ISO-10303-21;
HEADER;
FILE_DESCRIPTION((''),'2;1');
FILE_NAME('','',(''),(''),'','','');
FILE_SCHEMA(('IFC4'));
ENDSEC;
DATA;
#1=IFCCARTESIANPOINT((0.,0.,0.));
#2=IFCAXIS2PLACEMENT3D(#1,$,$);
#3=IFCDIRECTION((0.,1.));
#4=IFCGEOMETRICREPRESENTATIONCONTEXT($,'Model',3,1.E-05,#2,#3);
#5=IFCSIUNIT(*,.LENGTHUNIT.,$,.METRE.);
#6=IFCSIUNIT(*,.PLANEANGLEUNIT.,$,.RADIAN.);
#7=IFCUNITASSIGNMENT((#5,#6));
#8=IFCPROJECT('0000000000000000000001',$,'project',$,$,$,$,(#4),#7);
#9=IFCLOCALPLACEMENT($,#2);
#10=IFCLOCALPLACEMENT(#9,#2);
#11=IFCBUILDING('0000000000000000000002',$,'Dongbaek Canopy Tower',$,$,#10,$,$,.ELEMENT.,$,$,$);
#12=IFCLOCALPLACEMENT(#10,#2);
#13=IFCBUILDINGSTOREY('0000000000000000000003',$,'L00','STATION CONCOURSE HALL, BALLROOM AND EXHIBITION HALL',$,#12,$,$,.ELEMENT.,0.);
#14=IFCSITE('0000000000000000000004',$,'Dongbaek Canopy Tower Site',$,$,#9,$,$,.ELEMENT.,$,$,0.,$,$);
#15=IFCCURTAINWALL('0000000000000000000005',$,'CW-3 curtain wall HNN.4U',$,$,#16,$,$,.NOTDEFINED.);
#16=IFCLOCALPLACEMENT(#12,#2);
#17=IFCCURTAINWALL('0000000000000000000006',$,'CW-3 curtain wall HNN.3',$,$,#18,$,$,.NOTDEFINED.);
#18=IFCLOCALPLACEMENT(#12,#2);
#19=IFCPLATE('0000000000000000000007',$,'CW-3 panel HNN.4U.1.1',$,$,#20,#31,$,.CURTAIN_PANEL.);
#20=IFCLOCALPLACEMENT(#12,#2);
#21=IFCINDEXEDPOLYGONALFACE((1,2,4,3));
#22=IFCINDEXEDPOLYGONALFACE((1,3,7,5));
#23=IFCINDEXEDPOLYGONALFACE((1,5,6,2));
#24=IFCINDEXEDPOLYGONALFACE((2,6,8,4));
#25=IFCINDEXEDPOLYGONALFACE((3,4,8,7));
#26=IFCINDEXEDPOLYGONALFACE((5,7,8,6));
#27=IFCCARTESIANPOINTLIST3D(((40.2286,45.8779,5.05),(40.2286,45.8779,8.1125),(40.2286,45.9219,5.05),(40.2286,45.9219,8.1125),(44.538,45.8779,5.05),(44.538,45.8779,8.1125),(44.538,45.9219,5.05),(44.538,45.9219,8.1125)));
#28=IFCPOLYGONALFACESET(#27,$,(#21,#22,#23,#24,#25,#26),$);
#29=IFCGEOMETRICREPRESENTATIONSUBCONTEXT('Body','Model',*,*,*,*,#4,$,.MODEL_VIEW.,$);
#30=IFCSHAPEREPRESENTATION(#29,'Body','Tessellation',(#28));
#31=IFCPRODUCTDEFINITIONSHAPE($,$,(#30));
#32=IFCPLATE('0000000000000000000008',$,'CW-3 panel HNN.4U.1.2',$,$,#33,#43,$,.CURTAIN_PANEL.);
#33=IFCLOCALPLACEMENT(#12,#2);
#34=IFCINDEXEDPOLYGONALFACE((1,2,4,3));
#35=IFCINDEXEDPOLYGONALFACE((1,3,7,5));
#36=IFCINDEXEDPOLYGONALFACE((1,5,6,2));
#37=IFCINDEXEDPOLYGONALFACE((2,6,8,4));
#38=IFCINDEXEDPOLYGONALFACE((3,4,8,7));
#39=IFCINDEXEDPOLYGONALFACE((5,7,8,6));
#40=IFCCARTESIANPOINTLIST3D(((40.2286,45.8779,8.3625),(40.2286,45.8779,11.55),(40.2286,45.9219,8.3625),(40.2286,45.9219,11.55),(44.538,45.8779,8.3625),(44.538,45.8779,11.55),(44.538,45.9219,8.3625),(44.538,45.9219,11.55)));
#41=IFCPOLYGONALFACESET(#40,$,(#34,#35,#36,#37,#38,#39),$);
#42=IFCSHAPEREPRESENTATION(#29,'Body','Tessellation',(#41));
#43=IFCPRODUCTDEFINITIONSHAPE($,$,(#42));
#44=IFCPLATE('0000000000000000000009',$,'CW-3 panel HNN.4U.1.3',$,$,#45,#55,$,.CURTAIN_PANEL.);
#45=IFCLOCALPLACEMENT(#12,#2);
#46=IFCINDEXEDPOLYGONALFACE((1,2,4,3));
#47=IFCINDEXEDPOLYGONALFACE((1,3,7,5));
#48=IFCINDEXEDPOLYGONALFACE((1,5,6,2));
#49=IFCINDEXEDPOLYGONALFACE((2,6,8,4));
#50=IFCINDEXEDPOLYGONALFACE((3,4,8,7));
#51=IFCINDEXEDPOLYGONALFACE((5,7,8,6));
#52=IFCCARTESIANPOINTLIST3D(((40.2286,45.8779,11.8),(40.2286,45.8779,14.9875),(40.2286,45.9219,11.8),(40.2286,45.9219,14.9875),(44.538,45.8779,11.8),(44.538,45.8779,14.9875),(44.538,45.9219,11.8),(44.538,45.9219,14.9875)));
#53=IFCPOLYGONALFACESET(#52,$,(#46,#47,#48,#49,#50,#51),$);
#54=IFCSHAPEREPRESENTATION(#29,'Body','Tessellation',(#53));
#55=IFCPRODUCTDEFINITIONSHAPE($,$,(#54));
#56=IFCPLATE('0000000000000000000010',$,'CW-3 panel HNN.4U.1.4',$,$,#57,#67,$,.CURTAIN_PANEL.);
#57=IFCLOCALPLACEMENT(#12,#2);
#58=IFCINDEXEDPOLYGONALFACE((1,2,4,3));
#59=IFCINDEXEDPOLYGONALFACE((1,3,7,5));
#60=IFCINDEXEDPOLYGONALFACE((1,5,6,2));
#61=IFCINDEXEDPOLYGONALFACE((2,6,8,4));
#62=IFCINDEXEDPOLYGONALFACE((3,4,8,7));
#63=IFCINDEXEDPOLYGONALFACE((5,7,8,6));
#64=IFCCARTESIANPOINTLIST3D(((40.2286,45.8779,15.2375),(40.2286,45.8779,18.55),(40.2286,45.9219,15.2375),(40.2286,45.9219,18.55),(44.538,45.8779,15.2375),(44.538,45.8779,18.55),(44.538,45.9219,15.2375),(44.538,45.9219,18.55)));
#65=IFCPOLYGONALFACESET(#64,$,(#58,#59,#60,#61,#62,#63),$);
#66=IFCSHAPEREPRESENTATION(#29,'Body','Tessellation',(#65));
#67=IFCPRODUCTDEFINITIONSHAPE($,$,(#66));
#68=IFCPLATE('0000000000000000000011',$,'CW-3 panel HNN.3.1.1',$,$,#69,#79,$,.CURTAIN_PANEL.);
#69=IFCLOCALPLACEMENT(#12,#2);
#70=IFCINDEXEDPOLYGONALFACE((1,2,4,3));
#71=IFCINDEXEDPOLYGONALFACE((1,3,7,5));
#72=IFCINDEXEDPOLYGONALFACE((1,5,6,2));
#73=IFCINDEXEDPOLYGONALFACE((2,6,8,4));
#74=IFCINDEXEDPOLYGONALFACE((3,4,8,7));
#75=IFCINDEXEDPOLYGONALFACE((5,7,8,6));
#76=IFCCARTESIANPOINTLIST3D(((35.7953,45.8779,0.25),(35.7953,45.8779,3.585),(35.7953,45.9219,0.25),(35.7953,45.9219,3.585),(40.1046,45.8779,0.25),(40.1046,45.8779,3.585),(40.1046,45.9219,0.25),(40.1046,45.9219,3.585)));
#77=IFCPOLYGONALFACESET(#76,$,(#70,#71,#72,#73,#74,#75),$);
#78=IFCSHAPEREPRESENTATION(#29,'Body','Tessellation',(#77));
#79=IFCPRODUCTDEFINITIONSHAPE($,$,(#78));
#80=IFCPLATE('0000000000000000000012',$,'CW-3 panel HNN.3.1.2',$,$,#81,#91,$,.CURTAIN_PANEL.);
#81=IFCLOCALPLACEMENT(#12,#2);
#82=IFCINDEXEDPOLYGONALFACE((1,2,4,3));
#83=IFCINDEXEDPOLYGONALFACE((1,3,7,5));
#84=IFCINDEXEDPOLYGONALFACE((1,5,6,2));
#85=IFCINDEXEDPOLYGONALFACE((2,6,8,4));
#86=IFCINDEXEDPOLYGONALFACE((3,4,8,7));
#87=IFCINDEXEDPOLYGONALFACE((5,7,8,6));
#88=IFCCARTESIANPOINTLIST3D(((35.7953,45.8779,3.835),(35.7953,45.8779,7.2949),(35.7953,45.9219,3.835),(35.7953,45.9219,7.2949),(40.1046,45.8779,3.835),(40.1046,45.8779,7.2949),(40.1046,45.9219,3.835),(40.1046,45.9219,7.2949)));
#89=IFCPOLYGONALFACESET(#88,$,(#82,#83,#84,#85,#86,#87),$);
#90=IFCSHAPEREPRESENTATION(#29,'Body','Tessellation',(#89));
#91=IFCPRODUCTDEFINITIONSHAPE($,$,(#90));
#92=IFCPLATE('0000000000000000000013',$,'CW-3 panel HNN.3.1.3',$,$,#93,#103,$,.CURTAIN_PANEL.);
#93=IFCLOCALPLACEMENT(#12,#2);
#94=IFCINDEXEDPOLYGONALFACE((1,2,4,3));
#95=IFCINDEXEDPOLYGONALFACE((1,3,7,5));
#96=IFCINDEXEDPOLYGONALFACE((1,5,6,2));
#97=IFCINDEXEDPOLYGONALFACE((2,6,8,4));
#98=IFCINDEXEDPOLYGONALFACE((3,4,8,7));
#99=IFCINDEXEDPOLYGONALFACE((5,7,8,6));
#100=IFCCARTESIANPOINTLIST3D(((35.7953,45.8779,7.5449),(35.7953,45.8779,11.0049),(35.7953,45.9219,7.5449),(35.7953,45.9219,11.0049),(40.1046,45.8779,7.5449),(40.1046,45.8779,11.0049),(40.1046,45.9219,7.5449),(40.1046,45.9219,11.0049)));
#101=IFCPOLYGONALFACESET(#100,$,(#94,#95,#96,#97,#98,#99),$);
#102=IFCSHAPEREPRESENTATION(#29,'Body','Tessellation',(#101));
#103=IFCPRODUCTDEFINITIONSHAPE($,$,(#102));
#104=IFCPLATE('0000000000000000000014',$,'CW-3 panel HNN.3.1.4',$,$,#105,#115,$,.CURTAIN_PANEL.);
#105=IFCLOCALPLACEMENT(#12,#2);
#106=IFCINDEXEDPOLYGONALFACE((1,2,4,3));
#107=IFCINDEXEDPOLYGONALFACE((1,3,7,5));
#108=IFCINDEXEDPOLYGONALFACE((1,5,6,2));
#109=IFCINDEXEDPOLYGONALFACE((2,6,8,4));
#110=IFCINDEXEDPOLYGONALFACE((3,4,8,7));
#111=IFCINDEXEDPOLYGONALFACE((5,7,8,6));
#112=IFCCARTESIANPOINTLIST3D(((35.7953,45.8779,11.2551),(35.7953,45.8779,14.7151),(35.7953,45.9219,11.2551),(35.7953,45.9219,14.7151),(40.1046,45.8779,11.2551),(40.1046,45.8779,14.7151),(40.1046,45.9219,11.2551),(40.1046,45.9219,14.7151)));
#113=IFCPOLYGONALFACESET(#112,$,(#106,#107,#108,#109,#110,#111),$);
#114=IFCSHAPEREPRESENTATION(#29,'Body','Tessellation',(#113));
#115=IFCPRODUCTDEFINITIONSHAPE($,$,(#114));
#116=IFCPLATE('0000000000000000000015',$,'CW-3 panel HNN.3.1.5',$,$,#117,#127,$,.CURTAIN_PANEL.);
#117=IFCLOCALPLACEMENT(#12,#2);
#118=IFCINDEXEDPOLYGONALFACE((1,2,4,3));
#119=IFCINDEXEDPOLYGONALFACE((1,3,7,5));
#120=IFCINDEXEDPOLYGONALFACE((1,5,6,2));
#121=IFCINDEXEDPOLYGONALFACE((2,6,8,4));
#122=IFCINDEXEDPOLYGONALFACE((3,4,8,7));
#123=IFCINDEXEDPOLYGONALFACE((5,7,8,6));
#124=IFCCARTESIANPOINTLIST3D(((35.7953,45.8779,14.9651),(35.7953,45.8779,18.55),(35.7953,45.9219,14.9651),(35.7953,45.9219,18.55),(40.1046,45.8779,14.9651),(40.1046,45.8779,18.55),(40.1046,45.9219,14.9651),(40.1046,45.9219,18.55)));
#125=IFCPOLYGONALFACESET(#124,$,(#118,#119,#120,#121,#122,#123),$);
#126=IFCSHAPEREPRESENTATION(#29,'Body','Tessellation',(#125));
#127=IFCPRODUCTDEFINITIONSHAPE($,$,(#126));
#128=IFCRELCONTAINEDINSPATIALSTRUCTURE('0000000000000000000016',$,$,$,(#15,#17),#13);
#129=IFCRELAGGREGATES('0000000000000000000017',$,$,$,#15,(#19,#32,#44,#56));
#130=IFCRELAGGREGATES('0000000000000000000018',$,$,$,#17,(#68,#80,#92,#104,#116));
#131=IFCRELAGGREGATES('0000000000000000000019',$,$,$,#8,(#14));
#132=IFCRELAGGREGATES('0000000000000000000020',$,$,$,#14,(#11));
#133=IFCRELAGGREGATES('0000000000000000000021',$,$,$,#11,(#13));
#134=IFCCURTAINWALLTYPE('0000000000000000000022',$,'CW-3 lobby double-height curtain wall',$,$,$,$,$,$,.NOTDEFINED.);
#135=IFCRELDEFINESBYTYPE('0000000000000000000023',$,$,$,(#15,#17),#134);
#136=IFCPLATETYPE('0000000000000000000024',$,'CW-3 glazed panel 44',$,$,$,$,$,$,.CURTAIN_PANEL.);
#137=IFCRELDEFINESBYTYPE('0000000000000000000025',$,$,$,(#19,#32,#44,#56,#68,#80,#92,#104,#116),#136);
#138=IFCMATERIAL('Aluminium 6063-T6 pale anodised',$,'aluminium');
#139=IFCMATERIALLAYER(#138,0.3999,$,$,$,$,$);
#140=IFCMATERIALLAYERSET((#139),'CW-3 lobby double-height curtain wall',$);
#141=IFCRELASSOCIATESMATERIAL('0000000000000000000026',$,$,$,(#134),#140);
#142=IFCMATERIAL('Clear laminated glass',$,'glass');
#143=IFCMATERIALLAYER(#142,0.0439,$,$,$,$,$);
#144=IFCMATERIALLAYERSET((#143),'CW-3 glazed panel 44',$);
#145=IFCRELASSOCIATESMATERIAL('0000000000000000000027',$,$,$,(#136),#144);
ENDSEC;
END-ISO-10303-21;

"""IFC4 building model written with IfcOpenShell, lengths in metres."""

from ifc_helpers import new_model, si_unit, direction, frame, origin, origin_2d, place, context, subcontext, project, spatial, rectangle, extrude, material, layer, layer_set, type_object, element, aggregate, save


model = new_model("IFC4")

# Units and contexts
model_context = context("Model", 3, precision=1e-05, world=origin(), true_north=direction((0.0, 1.0)))
body_context = subcontext(model_context, "Body", "Model", "MODEL_VIEW")
ifc_project = project(units=[si_unit("LENGTHUNIT", "METRE"), si_unit("PLANEANGLEUNIT", "RADIAN")], contexts=[model_context])

# Site, building, storey
site_placement = place(None, origin())
site = spatial("IfcSite", under=ifc_project, at=site_placement, Name="Dongbaek Canopy Tower Site", CompositionType="ELEMENT", RefElevation=0.0)
building_placement = place(site_placement, origin())
building = spatial("IfcBuilding", under=site, at=building_placement, Name="Dongbaek Canopy Tower", CompositionType="ELEMENT")
storey_placement = place(building_placement, origin())
storey = spatial("IfcBuildingStorey", under=building, at=storey_placement, Name="L00", Description="STATION CONCOURSE HALL, BALLROOM AND EXHIBITION HALL", CompositionType="ELEMENT", Elevation=0.0)

# Curtain walls
ifc_material_1 = material(Name="Aluminium 6063-T6 pale anodised", Category="aluminium")
ifc_layer_1 = layer(ifc_material_1, 0.3999)
ifc_layer_set_1 = layer_set([ifc_layer_1], Name="CW-3 lobby double-height curtain wall")
curtain_wall_type = type_object("IfcCurtainWallType", Name="CW-3 lobby double-height curtain wall", PredefinedType="NOTDEFINED", material=ifc_layer_set_1)
curtain_wall_1_placement = place(storey_placement, origin())
curtain_wall_1 = element("IfcCurtainWall", 1, at=curtain_wall_1_placement, inside=storey, type_object=curtain_wall_type, Name="CW-3 curtain wall HNN.4U", PredefinedType="NOTDEFINED")
curtain_wall_2_placement = place(storey_placement, origin())
curtain_wall_2 = element("IfcCurtainWall", 2, at=curtain_wall_2_placement, inside=storey, type_object=curtain_wall_type, Name="CW-3 curtain wall HNN.3", PredefinedType="NOTDEFINED")

# Plates
ifc_material_2 = material(Name="Clear laminated glass", Category="glass")
ifc_layer_2 = layer(ifc_material_2, 0.0439)
ifc_layer_set_2 = layer_set([ifc_layer_2], Name="CW-3 glazed panel 44")
plate_type = type_object("IfcPlateType", Name="CW-3 glazed panel 44", PredefinedType="CURTAIN_PANEL", material=ifc_layer_set_2)
plate_1_placement = place(storey_placement, frame((42.3833, 45.8999, 5.05), z_axis=(0.0, 0.0, 1.0), x_axis=(-1.0, 0.0, 0.0)))
plate_1 = element("IfcPlate", 3, at=plate_1_placement, type_object=plate_type, Name="CW-3 panel HNN.4U.1.1", PredefinedType="CURTAIN_PANEL", context=body_context, shape_type="SweptSolid", body=[
    extrude(rectangle(XDim=4.3093, YDim=0.0439, at=origin_2d()), origin(), (0.0, 0.0, 1.0), 3.0625),
])
plate_2_placement = place(storey_placement, frame((42.3833, 45.8999, 8.3625), z_axis=(0.0, 0.0, 1.0), x_axis=(-1.0, 0.0, 0.0)))
plate_2 = element("IfcPlate", 4, at=plate_2_placement, type_object=plate_type, Name="CW-3 panel HNN.4U.1.2", PredefinedType="CURTAIN_PANEL", context=body_context, shape_type="SweptSolid", body=[
    extrude(rectangle(XDim=4.3093, YDim=0.0439, at=origin_2d()), origin(), (0.0, 0.0, 1.0), 3.1875),
])
plate_3_placement = place(storey_placement, frame((42.3833, 45.8999, 11.8), z_axis=(0.0, 0.0, 1.0), x_axis=(-1.0, 0.0, 0.0)))
plate_3 = element("IfcPlate", 5, at=plate_3_placement, type_object=plate_type, Name="CW-3 panel HNN.4U.1.3", PredefinedType="CURTAIN_PANEL", context=body_context, shape_type="SweptSolid", body=[
    extrude(rectangle(XDim=4.3093, YDim=0.0439, at=origin_2d()), origin(), (0.0, 0.0, 1.0), 3.1875),
])
plate_4_placement = place(storey_placement, frame((42.3833, 45.8999, 15.2375), z_axis=(0.0, 0.0, 1.0), x_axis=(-1.0, 0.0, 0.0)))
plate_4 = element("IfcPlate", 6, at=plate_4_placement, type_object=plate_type, Name="CW-3 panel HNN.4U.1.4", PredefinedType="CURTAIN_PANEL", context=body_context, shape_type="SweptSolid", body=[
    extrude(rectangle(XDim=4.3093, YDim=0.0439, at=origin_2d()), origin(), (0.0, 0.0, 1.0), 3.3125),
])
aggregate(curtain_wall_1, [plate_1, plate_2, plate_3, plate_4])
plate_5_placement = place(storey_placement, frame((37.95, 45.8999, 0.25), z_axis=(0.0, 0.0, 1.0), x_axis=(-1.0, 0.0, 0.0)))
plate_5 = element("IfcPlate", 7, at=plate_5_placement, type_object=plate_type, Name="CW-3 panel HNN.3.1.1", PredefinedType="CURTAIN_PANEL", context=body_context, shape_type="SweptSolid", body=[
    extrude(rectangle(XDim=4.3093, YDim=0.0439, at=origin_2d()), origin(), (0.0, 0.0, 1.0), 3.335),
])
plate_6_placement = place(storey_placement, frame((37.95, 45.8999, 3.835), z_axis=(0.0, 0.0, 1.0), x_axis=(-1.0, 0.0, 0.0)))
plate_6 = element("IfcPlate", 8, at=plate_6_placement, type_object=plate_type, Name="CW-3 panel HNN.3.1.2", PredefinedType="CURTAIN_PANEL", context=body_context, shape_type="SweptSolid", body=[
    extrude(rectangle(XDim=4.3093, YDim=0.0439, at=origin_2d()), origin(), (0.0, 0.0, 1.0), 3.46),
])
plate_7_placement = place(storey_placement, frame((37.95, 45.8999, 7.5449), z_axis=(0.0, 0.0, 1.0), x_axis=(-1.0, 0.0, 0.0)))
plate_7 = element("IfcPlate", 9, at=plate_7_placement, type_object=plate_type, Name="CW-3 panel HNN.3.1.3", PredefinedType="CURTAIN_PANEL", context=body_context, shape_type="SweptSolid", body=[
    extrude(rectangle(XDim=4.3093, YDim=0.0439, at=origin_2d()), origin(), (0.0, 0.0, 1.0), 3.46),
])
plate_8_placement = place(storey_placement, frame((37.95, 45.8999, 11.2551), z_axis=(0.0, 0.0, 1.0), x_axis=(-1.0, 0.0, 0.0)))
plate_8 = element("IfcPlate", 10, at=plate_8_placement, type_object=plate_type, Name="CW-3 panel HNN.3.1.4", PredefinedType="CURTAIN_PANEL", context=body_context, shape_type="SweptSolid", body=[
    extrude(rectangle(XDim=4.3093, YDim=0.0439, at=origin_2d()), origin(), (0.0, 0.0, 1.0), 3.46),
])
plate_9_placement = place(storey_placement, frame((37.95, 45.8999, 14.9651), z_axis=(0.0, 0.0, 1.0), x_axis=(-1.0, 0.0, 0.0)))
plate_9 = element("IfcPlate", 11, at=plate_9_placement, type_object=plate_type, Name="CW-3 panel HNN.3.1.5", PredefinedType="CURTAIN_PANEL", context=body_context, shape_type="SweptSolid", body=[
    extrude(rectangle(XDim=4.3093, YDim=0.0439, at=origin_2d()), origin(), (0.0, 0.0, 1.0), 3.585),
])
aggregate(curtain_wall_2, [plate_5, plate_6, plate_7, plate_8, plate_9])

save(model, "model.ifc")
